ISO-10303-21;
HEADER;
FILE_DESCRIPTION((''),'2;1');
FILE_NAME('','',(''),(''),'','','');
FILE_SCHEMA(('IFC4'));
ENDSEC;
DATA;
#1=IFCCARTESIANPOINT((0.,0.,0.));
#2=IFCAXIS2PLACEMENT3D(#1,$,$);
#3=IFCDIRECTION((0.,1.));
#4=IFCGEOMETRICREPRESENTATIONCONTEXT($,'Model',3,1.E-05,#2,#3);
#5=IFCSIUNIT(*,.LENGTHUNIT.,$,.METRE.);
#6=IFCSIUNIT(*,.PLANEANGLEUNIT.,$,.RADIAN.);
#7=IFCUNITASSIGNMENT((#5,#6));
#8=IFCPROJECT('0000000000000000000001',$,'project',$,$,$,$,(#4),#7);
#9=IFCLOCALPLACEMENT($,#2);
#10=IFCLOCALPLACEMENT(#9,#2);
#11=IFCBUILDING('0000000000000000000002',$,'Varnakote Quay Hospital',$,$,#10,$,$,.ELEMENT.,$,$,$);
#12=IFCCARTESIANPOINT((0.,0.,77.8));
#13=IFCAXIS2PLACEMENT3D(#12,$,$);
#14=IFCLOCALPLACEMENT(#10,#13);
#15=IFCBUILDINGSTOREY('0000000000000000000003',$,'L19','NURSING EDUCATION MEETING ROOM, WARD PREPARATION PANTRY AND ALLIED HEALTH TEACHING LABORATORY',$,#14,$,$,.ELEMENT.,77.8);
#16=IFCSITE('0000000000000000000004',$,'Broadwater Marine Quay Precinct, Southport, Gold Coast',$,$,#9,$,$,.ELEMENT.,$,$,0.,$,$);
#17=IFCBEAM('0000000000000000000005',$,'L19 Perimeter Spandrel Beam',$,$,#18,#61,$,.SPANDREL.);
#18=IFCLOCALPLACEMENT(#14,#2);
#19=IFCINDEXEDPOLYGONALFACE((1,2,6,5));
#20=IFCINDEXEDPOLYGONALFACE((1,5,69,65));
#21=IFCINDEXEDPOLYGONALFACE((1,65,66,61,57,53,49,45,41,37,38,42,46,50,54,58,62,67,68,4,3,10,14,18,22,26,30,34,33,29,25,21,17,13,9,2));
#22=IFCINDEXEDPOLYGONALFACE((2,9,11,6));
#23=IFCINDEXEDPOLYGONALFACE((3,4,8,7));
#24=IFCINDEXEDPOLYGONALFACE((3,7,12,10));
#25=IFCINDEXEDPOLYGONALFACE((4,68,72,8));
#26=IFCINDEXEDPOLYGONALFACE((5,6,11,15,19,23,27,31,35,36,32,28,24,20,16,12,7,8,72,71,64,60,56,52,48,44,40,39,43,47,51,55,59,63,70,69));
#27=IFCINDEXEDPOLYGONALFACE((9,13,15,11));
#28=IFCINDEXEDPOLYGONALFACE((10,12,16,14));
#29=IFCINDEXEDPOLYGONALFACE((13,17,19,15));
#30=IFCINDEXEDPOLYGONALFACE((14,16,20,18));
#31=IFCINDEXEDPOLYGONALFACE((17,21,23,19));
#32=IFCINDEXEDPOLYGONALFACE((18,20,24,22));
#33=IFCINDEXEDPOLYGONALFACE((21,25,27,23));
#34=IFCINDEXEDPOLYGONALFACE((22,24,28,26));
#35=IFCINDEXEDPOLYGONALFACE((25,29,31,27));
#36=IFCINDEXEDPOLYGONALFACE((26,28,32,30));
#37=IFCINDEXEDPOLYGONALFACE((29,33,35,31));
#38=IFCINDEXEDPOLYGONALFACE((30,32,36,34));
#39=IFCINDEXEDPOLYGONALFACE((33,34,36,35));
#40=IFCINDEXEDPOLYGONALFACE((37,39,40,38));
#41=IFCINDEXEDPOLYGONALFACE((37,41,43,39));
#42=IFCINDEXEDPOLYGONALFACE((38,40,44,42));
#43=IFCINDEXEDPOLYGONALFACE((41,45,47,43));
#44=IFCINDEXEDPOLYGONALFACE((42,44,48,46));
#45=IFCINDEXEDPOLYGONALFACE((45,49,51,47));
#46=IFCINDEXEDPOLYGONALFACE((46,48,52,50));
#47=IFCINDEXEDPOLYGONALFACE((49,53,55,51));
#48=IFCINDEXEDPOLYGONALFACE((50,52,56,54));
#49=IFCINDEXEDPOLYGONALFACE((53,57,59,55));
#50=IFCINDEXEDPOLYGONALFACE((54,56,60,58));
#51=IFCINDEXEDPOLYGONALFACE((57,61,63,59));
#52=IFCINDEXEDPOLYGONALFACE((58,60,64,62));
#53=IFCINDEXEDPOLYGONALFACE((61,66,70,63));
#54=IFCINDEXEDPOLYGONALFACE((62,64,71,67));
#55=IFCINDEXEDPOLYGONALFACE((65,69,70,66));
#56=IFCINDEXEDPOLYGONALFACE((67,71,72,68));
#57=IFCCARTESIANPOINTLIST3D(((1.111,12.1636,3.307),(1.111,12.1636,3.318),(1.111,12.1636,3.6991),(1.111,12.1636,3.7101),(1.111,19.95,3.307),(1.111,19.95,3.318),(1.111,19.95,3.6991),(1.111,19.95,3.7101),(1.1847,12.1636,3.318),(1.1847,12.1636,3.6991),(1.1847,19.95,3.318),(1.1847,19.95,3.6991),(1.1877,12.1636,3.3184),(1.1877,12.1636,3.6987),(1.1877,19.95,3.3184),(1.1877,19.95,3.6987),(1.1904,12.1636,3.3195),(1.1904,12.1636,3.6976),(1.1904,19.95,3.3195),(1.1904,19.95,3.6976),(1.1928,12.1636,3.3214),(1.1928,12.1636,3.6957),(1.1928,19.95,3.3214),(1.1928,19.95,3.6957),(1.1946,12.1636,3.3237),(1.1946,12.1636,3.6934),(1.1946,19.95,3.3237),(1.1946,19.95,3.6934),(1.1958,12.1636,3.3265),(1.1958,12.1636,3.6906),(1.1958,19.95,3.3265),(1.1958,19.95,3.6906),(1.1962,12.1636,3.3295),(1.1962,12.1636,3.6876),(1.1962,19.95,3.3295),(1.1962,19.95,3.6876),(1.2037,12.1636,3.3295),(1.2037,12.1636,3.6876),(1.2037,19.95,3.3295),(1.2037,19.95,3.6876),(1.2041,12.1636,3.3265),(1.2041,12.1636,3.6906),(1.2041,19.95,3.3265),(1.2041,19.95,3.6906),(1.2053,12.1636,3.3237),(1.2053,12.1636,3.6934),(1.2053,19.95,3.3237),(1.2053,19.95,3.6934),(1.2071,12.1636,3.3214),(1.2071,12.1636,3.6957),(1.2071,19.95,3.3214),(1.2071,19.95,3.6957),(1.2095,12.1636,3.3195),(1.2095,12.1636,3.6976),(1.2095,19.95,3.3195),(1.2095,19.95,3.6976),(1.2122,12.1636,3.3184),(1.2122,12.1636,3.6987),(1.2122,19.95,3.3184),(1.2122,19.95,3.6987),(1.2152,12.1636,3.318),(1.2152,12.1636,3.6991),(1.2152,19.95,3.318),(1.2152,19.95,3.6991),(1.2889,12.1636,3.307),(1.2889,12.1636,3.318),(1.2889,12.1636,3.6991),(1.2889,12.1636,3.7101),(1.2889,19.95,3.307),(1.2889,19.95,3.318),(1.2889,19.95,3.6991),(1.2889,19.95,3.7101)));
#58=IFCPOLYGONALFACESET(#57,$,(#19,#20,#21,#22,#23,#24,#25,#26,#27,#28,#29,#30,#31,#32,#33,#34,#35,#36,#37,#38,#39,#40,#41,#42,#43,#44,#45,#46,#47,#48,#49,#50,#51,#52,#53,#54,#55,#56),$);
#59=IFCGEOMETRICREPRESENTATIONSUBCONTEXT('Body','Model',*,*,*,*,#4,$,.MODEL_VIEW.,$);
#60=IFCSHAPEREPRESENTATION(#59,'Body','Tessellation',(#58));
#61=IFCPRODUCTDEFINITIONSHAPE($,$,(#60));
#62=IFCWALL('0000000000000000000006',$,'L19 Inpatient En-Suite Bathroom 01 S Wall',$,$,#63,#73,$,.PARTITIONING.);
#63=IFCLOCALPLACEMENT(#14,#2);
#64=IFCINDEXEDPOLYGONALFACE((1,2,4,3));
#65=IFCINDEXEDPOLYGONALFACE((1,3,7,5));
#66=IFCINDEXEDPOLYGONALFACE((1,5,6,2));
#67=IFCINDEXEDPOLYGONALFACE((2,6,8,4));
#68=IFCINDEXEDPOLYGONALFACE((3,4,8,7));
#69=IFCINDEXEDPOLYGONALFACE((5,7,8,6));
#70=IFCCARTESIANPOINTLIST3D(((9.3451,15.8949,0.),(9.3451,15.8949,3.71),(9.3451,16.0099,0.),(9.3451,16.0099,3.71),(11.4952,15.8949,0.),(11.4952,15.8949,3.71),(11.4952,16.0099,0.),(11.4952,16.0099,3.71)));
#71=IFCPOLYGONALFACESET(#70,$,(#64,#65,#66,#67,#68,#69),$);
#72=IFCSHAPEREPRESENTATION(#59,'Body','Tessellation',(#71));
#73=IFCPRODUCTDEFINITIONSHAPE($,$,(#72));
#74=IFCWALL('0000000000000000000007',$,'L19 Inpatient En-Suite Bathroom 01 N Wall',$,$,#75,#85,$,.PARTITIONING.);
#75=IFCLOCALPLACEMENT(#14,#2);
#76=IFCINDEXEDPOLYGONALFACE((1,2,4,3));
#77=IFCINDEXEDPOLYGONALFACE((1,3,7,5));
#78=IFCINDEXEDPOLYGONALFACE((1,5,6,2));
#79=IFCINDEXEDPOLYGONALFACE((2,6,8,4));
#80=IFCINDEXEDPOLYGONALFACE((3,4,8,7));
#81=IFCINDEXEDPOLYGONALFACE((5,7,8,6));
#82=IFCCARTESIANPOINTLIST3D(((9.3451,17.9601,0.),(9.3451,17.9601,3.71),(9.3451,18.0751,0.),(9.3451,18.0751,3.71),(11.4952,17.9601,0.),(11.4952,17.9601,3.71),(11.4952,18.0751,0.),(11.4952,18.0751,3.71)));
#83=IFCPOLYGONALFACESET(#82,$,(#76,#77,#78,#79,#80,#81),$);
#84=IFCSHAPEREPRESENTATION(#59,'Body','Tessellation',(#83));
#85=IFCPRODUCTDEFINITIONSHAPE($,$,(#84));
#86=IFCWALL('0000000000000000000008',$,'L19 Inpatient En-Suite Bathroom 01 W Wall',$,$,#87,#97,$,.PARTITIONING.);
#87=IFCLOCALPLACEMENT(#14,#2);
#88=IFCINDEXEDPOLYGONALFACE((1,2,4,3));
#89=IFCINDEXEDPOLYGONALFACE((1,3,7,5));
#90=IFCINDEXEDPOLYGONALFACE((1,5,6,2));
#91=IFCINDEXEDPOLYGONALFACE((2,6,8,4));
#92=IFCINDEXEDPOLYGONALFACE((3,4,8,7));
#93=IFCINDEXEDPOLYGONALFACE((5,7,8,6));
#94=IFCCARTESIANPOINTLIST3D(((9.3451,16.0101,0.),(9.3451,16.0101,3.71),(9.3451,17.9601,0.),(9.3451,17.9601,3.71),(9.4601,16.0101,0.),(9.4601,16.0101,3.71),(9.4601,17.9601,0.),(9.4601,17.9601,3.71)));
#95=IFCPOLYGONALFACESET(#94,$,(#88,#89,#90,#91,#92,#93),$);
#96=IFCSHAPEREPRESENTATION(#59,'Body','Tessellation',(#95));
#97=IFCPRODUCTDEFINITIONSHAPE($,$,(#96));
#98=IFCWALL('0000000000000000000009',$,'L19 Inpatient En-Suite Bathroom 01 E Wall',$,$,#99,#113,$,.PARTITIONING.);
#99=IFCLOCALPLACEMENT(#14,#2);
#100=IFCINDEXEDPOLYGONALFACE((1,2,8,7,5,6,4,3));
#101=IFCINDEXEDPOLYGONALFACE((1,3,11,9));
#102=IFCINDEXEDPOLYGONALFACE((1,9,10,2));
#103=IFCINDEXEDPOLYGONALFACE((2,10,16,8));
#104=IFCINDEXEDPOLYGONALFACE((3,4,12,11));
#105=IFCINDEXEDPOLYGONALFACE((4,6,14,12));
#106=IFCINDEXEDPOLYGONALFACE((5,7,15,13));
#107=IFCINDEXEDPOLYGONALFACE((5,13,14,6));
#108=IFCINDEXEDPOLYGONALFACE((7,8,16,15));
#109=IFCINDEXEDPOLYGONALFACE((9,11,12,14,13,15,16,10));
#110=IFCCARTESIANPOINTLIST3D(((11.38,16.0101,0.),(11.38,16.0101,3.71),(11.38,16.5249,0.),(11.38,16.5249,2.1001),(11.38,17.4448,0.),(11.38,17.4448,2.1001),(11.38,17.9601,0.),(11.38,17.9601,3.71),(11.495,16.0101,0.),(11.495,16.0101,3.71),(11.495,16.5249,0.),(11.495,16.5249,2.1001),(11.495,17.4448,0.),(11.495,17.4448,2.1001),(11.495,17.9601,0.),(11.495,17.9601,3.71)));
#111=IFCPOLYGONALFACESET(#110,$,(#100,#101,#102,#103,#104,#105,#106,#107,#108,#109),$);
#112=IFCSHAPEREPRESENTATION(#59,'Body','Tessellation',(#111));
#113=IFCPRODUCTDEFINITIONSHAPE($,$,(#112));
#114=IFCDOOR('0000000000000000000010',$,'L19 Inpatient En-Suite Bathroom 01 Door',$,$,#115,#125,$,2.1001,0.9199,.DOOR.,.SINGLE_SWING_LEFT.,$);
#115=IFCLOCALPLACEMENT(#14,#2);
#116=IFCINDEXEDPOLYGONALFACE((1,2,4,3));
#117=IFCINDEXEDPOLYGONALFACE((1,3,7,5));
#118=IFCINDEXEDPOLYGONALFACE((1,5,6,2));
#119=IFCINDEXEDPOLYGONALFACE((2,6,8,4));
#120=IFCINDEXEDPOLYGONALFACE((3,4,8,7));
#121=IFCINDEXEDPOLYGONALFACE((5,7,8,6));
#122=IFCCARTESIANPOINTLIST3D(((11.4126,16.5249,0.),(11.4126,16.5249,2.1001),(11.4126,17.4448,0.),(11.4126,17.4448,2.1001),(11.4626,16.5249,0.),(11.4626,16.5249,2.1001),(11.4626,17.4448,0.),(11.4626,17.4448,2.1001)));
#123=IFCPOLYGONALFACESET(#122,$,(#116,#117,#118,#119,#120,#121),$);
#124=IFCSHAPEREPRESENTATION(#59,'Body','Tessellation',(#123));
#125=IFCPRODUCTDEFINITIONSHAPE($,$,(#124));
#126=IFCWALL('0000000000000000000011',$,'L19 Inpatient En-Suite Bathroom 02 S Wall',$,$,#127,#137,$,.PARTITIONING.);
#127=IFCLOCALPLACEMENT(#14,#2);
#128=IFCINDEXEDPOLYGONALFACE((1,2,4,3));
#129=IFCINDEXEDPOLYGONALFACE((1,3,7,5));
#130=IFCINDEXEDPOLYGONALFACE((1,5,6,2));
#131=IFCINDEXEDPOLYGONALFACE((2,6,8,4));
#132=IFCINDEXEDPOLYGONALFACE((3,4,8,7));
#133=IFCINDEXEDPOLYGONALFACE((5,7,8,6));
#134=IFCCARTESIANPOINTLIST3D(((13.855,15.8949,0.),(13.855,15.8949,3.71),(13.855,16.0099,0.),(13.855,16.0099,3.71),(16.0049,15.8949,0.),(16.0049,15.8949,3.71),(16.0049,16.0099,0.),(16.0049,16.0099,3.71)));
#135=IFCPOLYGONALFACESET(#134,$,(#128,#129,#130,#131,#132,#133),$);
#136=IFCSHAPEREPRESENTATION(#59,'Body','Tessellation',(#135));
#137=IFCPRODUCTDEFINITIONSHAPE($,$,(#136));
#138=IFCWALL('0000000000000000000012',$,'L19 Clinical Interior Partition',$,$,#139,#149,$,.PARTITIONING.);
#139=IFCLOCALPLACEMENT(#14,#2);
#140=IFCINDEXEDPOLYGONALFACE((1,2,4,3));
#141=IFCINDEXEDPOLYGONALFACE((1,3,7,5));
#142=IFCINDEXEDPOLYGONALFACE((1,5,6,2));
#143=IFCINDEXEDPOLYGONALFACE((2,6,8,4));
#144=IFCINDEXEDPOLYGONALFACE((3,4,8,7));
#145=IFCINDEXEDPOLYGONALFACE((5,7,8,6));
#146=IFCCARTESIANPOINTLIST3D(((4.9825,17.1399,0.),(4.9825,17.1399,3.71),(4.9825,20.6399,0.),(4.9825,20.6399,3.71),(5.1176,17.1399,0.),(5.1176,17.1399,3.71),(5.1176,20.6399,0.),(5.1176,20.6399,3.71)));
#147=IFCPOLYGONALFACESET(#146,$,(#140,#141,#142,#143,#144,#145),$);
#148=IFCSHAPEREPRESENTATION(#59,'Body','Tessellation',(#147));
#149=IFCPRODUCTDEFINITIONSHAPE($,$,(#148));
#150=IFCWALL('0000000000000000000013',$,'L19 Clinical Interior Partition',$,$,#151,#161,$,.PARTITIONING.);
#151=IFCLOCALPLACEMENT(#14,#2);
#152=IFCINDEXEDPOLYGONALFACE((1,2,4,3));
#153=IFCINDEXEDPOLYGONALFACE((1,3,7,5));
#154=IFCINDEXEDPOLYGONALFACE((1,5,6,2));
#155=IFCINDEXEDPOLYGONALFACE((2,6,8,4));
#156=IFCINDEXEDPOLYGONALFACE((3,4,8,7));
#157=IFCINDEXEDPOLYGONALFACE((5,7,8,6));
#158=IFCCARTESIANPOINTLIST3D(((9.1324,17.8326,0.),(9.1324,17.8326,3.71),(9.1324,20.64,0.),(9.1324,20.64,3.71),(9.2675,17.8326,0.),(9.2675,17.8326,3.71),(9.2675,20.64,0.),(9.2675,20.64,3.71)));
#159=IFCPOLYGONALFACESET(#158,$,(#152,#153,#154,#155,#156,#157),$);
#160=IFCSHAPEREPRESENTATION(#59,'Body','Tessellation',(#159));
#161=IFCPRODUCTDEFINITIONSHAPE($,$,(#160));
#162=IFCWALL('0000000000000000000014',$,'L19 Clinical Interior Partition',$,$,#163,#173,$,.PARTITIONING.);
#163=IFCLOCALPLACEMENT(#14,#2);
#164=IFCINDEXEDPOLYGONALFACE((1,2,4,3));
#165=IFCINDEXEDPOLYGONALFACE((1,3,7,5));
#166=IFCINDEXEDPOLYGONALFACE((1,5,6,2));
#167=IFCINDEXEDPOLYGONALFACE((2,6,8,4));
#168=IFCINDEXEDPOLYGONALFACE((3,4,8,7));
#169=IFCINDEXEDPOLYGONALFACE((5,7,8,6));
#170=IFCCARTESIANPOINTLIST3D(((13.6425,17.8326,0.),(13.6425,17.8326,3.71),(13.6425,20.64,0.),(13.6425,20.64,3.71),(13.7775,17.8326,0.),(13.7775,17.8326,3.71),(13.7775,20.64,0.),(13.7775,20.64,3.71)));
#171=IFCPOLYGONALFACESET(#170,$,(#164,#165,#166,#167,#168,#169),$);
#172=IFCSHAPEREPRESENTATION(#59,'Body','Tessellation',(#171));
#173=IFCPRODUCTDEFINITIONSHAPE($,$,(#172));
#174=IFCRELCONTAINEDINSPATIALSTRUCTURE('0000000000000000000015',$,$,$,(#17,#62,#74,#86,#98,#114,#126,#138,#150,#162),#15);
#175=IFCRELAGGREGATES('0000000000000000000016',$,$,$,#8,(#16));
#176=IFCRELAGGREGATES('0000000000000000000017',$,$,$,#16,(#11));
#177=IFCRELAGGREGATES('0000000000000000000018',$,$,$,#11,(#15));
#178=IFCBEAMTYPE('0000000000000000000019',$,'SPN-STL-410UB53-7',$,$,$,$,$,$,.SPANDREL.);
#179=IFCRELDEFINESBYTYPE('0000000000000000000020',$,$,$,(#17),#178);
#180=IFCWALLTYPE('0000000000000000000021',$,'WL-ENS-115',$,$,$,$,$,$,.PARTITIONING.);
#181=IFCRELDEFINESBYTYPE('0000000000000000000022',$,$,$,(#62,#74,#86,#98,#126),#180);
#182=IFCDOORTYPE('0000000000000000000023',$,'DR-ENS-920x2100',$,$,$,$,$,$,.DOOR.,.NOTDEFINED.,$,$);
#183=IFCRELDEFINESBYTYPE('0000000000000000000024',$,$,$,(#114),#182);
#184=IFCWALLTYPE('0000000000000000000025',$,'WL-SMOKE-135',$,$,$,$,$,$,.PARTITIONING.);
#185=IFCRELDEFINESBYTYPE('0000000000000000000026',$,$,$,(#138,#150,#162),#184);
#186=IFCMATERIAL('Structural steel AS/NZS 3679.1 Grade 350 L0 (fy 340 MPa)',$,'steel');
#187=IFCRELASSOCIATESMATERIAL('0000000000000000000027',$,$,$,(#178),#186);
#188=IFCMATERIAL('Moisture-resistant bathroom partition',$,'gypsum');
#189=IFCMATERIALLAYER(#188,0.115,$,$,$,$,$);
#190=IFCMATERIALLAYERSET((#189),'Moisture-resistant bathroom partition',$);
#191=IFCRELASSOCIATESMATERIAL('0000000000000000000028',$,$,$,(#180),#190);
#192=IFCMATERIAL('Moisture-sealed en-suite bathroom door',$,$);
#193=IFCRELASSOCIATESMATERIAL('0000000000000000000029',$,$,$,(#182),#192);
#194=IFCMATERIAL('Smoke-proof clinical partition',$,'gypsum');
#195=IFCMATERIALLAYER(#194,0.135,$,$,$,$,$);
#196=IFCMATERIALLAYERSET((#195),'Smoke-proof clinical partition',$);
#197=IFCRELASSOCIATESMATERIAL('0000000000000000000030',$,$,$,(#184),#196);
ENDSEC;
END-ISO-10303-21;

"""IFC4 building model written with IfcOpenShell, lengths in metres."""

from ifc_helpers import new_model, si_unit, direction, frame, frame_2d, origin, origin_2d, place, context, subcontext, project, spatial, rectangle, i_section, extrude, material, layer, layer_set, material_profile, profile_set, type_object, element, fill, save


model = new_model("IFC4")

# Units and contexts
model_context = context("Model", 3, precision=1e-05, world=origin(), true_north=direction((0.0, 1.0)))
body_context = subcontext(model_context, "Body", "Model", "MODEL_VIEW")
ifc_project = project(units=[si_unit("LENGTHUNIT", "METRE"), si_unit("PLANEANGLEUNIT", "RADIAN")], contexts=[model_context])

# Site, building, storey
site_placement = place(None, origin())
site = spatial("IfcSite", under=ifc_project, at=site_placement, Name="Broadwater Marine Quay Precinct, Southport, Gold Coast", CompositionType="ELEMENT", RefElevation=0.0)
building_placement = place(site_placement, origin())
building = spatial("IfcBuilding", under=site, at=building_placement, Name="Varnakote Quay Hospital", CompositionType="ELEMENT")
storey_placement = place(building_placement, frame((0.0, 0.0, 77.8)))
storey = spatial("IfcBuildingStorey", under=building, at=storey_placement, Name="L19", Description="NURSING EDUCATION MEETING ROOM, WARD PREPARATION PANTRY AND ALLIED HEALTH TEACHING LABORATORY", CompositionType="ELEMENT", Elevation=77.8)

# Beam
ifc_material_1 = material(Name="Structural steel AS/NZS 3679.1 Grade 350 L0 (fy 340 MPa)", Category="steel")
ifc_material_profile_1 = material_profile(ifc_material_1, i_section(OverallWidth=0.178, OverallDepth=0.4031, WebThickness=0.0076, FlangeThickness=0.011, FilletRadius=0.0115, at=origin_2d()), Name="410UB53.7")
ifc_profile_set_1 = profile_set([ifc_material_profile_1], Name="Structural steel AS/NZS 3679.1 Grade 350 L0 (fy 340 MPa)")
beam_type_1 = type_object("IfcBeamType", Name="SPN-STL-410UB53-7", PredefinedType="SPANDREL", material=ifc_profile_set_1)
beam_1_placement = place(storey_placement, frame((1.2, 12.1636, 3.5085), z_axis=(0.0, 1.0, 0.0), x_axis=(-1.0, 0.0, 0.0)))
element("IfcBeam", 1, at=beam_1_placement, inside=storey, type_object=beam_type_1, Name="L19 Perimeter Spandrel Beam", PredefinedType="SPANDREL", context=body_context, shape_type="SweptSolid", body=[
    extrude(i_section(OverallWidth=0.178, OverallDepth=0.4031, WebThickness=0.0076, FlangeThickness=0.011, FilletRadius=0.0115, at=origin_2d()), origin(), (0.0, 0.0, 1.0), 7.7864),
])

# Walls
ifc_material_2 = material(Name="Moisture-resistant bathroom partition", Category="gypsum")
ifc_layer_1 = layer(ifc_material_2, 0.115)
ifc_layer_set_1 = layer_set([ifc_layer_1], Name="Moisture-resistant bathroom partition")
wall_type_1 = type_object("IfcWallType", Name="WL-ENS-115", PredefinedType="PARTITIONING", material=ifc_layer_set_1)
for number, where, z_axis, x_axis, name in (
    (2, (9.345, 15.9524, 0.0), (0.0, 0.0, 1.0), (1.0, 0.0, 0.0), "L19 Inpatient En-Suite Bathroom 01 S Wall"),
    (3, (9.345, 18.0176, 0.0), (0.0, 0.0, 1.0), (1.0, 0.0, 0.0), "L19 Inpatient En-Suite Bathroom 01 N Wall"),
):
    element("IfcWall", number, at=place(storey_placement, frame(where, z_axis=z_axis, x_axis=x_axis)), inside=storey, type_object=wall_type_1, Name=name, PredefinedType="PARTITIONING", context=body_context, shape_type="SweptSolid", body=[
        extrude(rectangle(XDim=2.1501, YDim=0.115, at=frame_2d((1.0752, 0.0))), origin(), (0.0, 0.0, 1.0), 3.71),
    ])
wall_1_placement = place(storey_placement, frame((9.4026, 16.01, 0.0), z_axis=(0.0, 0.0, 1.0), x_axis=(0.0, 1.0, 0.0)))
element("IfcWall", 4, at=wall_1_placement, inside=storey, type_object=wall_type_1, Name="L19 Inpatient En-Suite Bathroom 01 W Wall", PredefinedType="PARTITIONING", context=body_context, shape_type="SweptSolid", body=[
    extrude(rectangle(XDim=1.95, YDim=0.115, at=frame_2d((0.9751, 0.0))), origin(), (0.0, 0.0, 1.0), 3.71),
])

# Wall, opening, door
wall_2_placement = place(storey_placement, frame((11.4375, 16.01, 0.0), z_axis=(0.0, 0.0, 1.0), x_axis=(0.0, 1.0, 0.0)))
wall_2 = element("IfcWall", 5, at=wall_2_placement, inside=storey, type_object=wall_type_1, Name="L19 Inpatient En-Suite Bathroom 01 E Wall", PredefinedType="PARTITIONING", context=body_context, shape_type="SweptSolid", body=[
    extrude(rectangle(XDim=1.95, YDim=0.115, at=frame_2d((0.9751, 0.0))), origin(), (0.0, 0.0, 1.0), 3.71),
])
opening_1_placement = place(wall_2_placement, frame((0.5149, 0.0, 0.0)))
opening_1 = element("IfcOpeningElement", 6, at=opening_1_placement, cuts=wall_2, PredefinedType="OPENING", context=body_context, shape_type="SweptSolid", body=[
    extrude(rectangle(XDim=0.9199, YDim=2.1001, at=frame_2d((0.46, 1.05))), frame((0.0, 0.0674, 0.0), z_axis=(0.0, -1.0, 0.0), x_axis=(1.0, 0.0, 0.0)), (0.0, 0.0, 1.0), 0.135),
])
ifc_material_3 = material(Name="Moisture-sealed en-suite bathroom door")
door_type_1 = type_object("IfcDoorType", Name="DR-ENS-920x2100", OperationType="NOTDEFINED", PredefinedType="DOOR", material=ifc_material_3)
door_1_placement = place(opening_1_placement, origin())
door_1 = element("IfcDoor", 7, at=door_1_placement, inside=storey, type_object=door_type_1, Name="L19 Inpatient En-Suite Bathroom 01 Door", OperationType="SINGLE_SWING_LEFT", OverallHeight=2.1001, OverallWidth=0.9199, PredefinedType="DOOR", context=body_context, shape_type="SweptSolid", body=[
    extrude(rectangle(XDim=0.9199, YDim=2.1001, at=frame_2d((0.46, 1.05))), frame((0.0, 0.0249, 0.0), z_axis=(0.0, -1.0, 0.0), x_axis=(1.0, 0.0, 0.0)), (0.0, 0.0, 1.0), 0.05),
])
fill(opening_1, door_1)

# Walls
wall_3_placement = place(storey_placement, frame((13.855, 15.9524, 0.0), z_axis=(0.0, 0.0, 1.0), x_axis=(1.0, 0.0, 0.0)))
element("IfcWall", 8, at=wall_3_placement, inside=storey, type_object=wall_type_1, Name="L19 Inpatient En-Suite Bathroom 02 S Wall", PredefinedType="PARTITIONING", context=body_context, shape_type="SweptSolid", body=[
    extrude(rectangle(XDim=2.1499, YDim=0.115, at=frame_2d((1.075, 0.0))), origin(), (0.0, 0.0, 1.0), 3.71),
])
ifc_material_4 = material(Name="Smoke-proof clinical partition", Category="gypsum")
ifc_layer_2 = layer(ifc_material_4, 0.135)
ifc_layer_set_2 = layer_set([ifc_layer_2], Name="Smoke-proof clinical partition")
wall_type_2 = type_object("IfcWallType", Name="WL-SMOKE-135", PredefinedType="PARTITIONING", material=ifc_layer_set_2)
wall_4_placement = place(storey_placement, frame((5.05, 17.1399, 0.0), z_axis=(0.0, 0.0, 1.0), x_axis=(0.0, 1.0, 0.0)))
element("IfcWall", 9, at=wall_4_placement, inside=storey, type_object=wall_type_2, Name="L19 Clinical Interior Partition", PredefinedType="PARTITIONING", context=body_context, shape_type="SweptSolid", body=[
    extrude(rectangle(XDim=3.5, YDim=0.135, at=frame_2d((1.75, 0.0))), origin(), (0.0, 0.0, 1.0), 3.71),
])
for number, where, z_axis, x_axis, name in (
    (10, (9.2, 17.8325, 0.0), (0.0, 0.0, 1.0), (0.0, 1.0, 0.0), "L19 Clinical Interior Partition"),
    (11, (13.71, 17.8325, 0.0), (0.0, 0.0, 1.0), (0.0, 1.0, 0.0), "L19 Clinical Interior Partition"),
):
    element("IfcWall", number, at=place(storey_placement, frame(where, z_axis=z_axis, x_axis=x_axis)), inside=storey, type_object=wall_type_2, Name=name, PredefinedType="PARTITIONING", context=body_context, shape_type="SweptSolid", body=[
        extrude(rectangle(XDim=2.8074, YDim=0.135, at=frame_2d((1.4038, 0.0))), origin(), (0.0, 0.0, 1.0), 3.71),
    ])

save(model, "model.ifc")
